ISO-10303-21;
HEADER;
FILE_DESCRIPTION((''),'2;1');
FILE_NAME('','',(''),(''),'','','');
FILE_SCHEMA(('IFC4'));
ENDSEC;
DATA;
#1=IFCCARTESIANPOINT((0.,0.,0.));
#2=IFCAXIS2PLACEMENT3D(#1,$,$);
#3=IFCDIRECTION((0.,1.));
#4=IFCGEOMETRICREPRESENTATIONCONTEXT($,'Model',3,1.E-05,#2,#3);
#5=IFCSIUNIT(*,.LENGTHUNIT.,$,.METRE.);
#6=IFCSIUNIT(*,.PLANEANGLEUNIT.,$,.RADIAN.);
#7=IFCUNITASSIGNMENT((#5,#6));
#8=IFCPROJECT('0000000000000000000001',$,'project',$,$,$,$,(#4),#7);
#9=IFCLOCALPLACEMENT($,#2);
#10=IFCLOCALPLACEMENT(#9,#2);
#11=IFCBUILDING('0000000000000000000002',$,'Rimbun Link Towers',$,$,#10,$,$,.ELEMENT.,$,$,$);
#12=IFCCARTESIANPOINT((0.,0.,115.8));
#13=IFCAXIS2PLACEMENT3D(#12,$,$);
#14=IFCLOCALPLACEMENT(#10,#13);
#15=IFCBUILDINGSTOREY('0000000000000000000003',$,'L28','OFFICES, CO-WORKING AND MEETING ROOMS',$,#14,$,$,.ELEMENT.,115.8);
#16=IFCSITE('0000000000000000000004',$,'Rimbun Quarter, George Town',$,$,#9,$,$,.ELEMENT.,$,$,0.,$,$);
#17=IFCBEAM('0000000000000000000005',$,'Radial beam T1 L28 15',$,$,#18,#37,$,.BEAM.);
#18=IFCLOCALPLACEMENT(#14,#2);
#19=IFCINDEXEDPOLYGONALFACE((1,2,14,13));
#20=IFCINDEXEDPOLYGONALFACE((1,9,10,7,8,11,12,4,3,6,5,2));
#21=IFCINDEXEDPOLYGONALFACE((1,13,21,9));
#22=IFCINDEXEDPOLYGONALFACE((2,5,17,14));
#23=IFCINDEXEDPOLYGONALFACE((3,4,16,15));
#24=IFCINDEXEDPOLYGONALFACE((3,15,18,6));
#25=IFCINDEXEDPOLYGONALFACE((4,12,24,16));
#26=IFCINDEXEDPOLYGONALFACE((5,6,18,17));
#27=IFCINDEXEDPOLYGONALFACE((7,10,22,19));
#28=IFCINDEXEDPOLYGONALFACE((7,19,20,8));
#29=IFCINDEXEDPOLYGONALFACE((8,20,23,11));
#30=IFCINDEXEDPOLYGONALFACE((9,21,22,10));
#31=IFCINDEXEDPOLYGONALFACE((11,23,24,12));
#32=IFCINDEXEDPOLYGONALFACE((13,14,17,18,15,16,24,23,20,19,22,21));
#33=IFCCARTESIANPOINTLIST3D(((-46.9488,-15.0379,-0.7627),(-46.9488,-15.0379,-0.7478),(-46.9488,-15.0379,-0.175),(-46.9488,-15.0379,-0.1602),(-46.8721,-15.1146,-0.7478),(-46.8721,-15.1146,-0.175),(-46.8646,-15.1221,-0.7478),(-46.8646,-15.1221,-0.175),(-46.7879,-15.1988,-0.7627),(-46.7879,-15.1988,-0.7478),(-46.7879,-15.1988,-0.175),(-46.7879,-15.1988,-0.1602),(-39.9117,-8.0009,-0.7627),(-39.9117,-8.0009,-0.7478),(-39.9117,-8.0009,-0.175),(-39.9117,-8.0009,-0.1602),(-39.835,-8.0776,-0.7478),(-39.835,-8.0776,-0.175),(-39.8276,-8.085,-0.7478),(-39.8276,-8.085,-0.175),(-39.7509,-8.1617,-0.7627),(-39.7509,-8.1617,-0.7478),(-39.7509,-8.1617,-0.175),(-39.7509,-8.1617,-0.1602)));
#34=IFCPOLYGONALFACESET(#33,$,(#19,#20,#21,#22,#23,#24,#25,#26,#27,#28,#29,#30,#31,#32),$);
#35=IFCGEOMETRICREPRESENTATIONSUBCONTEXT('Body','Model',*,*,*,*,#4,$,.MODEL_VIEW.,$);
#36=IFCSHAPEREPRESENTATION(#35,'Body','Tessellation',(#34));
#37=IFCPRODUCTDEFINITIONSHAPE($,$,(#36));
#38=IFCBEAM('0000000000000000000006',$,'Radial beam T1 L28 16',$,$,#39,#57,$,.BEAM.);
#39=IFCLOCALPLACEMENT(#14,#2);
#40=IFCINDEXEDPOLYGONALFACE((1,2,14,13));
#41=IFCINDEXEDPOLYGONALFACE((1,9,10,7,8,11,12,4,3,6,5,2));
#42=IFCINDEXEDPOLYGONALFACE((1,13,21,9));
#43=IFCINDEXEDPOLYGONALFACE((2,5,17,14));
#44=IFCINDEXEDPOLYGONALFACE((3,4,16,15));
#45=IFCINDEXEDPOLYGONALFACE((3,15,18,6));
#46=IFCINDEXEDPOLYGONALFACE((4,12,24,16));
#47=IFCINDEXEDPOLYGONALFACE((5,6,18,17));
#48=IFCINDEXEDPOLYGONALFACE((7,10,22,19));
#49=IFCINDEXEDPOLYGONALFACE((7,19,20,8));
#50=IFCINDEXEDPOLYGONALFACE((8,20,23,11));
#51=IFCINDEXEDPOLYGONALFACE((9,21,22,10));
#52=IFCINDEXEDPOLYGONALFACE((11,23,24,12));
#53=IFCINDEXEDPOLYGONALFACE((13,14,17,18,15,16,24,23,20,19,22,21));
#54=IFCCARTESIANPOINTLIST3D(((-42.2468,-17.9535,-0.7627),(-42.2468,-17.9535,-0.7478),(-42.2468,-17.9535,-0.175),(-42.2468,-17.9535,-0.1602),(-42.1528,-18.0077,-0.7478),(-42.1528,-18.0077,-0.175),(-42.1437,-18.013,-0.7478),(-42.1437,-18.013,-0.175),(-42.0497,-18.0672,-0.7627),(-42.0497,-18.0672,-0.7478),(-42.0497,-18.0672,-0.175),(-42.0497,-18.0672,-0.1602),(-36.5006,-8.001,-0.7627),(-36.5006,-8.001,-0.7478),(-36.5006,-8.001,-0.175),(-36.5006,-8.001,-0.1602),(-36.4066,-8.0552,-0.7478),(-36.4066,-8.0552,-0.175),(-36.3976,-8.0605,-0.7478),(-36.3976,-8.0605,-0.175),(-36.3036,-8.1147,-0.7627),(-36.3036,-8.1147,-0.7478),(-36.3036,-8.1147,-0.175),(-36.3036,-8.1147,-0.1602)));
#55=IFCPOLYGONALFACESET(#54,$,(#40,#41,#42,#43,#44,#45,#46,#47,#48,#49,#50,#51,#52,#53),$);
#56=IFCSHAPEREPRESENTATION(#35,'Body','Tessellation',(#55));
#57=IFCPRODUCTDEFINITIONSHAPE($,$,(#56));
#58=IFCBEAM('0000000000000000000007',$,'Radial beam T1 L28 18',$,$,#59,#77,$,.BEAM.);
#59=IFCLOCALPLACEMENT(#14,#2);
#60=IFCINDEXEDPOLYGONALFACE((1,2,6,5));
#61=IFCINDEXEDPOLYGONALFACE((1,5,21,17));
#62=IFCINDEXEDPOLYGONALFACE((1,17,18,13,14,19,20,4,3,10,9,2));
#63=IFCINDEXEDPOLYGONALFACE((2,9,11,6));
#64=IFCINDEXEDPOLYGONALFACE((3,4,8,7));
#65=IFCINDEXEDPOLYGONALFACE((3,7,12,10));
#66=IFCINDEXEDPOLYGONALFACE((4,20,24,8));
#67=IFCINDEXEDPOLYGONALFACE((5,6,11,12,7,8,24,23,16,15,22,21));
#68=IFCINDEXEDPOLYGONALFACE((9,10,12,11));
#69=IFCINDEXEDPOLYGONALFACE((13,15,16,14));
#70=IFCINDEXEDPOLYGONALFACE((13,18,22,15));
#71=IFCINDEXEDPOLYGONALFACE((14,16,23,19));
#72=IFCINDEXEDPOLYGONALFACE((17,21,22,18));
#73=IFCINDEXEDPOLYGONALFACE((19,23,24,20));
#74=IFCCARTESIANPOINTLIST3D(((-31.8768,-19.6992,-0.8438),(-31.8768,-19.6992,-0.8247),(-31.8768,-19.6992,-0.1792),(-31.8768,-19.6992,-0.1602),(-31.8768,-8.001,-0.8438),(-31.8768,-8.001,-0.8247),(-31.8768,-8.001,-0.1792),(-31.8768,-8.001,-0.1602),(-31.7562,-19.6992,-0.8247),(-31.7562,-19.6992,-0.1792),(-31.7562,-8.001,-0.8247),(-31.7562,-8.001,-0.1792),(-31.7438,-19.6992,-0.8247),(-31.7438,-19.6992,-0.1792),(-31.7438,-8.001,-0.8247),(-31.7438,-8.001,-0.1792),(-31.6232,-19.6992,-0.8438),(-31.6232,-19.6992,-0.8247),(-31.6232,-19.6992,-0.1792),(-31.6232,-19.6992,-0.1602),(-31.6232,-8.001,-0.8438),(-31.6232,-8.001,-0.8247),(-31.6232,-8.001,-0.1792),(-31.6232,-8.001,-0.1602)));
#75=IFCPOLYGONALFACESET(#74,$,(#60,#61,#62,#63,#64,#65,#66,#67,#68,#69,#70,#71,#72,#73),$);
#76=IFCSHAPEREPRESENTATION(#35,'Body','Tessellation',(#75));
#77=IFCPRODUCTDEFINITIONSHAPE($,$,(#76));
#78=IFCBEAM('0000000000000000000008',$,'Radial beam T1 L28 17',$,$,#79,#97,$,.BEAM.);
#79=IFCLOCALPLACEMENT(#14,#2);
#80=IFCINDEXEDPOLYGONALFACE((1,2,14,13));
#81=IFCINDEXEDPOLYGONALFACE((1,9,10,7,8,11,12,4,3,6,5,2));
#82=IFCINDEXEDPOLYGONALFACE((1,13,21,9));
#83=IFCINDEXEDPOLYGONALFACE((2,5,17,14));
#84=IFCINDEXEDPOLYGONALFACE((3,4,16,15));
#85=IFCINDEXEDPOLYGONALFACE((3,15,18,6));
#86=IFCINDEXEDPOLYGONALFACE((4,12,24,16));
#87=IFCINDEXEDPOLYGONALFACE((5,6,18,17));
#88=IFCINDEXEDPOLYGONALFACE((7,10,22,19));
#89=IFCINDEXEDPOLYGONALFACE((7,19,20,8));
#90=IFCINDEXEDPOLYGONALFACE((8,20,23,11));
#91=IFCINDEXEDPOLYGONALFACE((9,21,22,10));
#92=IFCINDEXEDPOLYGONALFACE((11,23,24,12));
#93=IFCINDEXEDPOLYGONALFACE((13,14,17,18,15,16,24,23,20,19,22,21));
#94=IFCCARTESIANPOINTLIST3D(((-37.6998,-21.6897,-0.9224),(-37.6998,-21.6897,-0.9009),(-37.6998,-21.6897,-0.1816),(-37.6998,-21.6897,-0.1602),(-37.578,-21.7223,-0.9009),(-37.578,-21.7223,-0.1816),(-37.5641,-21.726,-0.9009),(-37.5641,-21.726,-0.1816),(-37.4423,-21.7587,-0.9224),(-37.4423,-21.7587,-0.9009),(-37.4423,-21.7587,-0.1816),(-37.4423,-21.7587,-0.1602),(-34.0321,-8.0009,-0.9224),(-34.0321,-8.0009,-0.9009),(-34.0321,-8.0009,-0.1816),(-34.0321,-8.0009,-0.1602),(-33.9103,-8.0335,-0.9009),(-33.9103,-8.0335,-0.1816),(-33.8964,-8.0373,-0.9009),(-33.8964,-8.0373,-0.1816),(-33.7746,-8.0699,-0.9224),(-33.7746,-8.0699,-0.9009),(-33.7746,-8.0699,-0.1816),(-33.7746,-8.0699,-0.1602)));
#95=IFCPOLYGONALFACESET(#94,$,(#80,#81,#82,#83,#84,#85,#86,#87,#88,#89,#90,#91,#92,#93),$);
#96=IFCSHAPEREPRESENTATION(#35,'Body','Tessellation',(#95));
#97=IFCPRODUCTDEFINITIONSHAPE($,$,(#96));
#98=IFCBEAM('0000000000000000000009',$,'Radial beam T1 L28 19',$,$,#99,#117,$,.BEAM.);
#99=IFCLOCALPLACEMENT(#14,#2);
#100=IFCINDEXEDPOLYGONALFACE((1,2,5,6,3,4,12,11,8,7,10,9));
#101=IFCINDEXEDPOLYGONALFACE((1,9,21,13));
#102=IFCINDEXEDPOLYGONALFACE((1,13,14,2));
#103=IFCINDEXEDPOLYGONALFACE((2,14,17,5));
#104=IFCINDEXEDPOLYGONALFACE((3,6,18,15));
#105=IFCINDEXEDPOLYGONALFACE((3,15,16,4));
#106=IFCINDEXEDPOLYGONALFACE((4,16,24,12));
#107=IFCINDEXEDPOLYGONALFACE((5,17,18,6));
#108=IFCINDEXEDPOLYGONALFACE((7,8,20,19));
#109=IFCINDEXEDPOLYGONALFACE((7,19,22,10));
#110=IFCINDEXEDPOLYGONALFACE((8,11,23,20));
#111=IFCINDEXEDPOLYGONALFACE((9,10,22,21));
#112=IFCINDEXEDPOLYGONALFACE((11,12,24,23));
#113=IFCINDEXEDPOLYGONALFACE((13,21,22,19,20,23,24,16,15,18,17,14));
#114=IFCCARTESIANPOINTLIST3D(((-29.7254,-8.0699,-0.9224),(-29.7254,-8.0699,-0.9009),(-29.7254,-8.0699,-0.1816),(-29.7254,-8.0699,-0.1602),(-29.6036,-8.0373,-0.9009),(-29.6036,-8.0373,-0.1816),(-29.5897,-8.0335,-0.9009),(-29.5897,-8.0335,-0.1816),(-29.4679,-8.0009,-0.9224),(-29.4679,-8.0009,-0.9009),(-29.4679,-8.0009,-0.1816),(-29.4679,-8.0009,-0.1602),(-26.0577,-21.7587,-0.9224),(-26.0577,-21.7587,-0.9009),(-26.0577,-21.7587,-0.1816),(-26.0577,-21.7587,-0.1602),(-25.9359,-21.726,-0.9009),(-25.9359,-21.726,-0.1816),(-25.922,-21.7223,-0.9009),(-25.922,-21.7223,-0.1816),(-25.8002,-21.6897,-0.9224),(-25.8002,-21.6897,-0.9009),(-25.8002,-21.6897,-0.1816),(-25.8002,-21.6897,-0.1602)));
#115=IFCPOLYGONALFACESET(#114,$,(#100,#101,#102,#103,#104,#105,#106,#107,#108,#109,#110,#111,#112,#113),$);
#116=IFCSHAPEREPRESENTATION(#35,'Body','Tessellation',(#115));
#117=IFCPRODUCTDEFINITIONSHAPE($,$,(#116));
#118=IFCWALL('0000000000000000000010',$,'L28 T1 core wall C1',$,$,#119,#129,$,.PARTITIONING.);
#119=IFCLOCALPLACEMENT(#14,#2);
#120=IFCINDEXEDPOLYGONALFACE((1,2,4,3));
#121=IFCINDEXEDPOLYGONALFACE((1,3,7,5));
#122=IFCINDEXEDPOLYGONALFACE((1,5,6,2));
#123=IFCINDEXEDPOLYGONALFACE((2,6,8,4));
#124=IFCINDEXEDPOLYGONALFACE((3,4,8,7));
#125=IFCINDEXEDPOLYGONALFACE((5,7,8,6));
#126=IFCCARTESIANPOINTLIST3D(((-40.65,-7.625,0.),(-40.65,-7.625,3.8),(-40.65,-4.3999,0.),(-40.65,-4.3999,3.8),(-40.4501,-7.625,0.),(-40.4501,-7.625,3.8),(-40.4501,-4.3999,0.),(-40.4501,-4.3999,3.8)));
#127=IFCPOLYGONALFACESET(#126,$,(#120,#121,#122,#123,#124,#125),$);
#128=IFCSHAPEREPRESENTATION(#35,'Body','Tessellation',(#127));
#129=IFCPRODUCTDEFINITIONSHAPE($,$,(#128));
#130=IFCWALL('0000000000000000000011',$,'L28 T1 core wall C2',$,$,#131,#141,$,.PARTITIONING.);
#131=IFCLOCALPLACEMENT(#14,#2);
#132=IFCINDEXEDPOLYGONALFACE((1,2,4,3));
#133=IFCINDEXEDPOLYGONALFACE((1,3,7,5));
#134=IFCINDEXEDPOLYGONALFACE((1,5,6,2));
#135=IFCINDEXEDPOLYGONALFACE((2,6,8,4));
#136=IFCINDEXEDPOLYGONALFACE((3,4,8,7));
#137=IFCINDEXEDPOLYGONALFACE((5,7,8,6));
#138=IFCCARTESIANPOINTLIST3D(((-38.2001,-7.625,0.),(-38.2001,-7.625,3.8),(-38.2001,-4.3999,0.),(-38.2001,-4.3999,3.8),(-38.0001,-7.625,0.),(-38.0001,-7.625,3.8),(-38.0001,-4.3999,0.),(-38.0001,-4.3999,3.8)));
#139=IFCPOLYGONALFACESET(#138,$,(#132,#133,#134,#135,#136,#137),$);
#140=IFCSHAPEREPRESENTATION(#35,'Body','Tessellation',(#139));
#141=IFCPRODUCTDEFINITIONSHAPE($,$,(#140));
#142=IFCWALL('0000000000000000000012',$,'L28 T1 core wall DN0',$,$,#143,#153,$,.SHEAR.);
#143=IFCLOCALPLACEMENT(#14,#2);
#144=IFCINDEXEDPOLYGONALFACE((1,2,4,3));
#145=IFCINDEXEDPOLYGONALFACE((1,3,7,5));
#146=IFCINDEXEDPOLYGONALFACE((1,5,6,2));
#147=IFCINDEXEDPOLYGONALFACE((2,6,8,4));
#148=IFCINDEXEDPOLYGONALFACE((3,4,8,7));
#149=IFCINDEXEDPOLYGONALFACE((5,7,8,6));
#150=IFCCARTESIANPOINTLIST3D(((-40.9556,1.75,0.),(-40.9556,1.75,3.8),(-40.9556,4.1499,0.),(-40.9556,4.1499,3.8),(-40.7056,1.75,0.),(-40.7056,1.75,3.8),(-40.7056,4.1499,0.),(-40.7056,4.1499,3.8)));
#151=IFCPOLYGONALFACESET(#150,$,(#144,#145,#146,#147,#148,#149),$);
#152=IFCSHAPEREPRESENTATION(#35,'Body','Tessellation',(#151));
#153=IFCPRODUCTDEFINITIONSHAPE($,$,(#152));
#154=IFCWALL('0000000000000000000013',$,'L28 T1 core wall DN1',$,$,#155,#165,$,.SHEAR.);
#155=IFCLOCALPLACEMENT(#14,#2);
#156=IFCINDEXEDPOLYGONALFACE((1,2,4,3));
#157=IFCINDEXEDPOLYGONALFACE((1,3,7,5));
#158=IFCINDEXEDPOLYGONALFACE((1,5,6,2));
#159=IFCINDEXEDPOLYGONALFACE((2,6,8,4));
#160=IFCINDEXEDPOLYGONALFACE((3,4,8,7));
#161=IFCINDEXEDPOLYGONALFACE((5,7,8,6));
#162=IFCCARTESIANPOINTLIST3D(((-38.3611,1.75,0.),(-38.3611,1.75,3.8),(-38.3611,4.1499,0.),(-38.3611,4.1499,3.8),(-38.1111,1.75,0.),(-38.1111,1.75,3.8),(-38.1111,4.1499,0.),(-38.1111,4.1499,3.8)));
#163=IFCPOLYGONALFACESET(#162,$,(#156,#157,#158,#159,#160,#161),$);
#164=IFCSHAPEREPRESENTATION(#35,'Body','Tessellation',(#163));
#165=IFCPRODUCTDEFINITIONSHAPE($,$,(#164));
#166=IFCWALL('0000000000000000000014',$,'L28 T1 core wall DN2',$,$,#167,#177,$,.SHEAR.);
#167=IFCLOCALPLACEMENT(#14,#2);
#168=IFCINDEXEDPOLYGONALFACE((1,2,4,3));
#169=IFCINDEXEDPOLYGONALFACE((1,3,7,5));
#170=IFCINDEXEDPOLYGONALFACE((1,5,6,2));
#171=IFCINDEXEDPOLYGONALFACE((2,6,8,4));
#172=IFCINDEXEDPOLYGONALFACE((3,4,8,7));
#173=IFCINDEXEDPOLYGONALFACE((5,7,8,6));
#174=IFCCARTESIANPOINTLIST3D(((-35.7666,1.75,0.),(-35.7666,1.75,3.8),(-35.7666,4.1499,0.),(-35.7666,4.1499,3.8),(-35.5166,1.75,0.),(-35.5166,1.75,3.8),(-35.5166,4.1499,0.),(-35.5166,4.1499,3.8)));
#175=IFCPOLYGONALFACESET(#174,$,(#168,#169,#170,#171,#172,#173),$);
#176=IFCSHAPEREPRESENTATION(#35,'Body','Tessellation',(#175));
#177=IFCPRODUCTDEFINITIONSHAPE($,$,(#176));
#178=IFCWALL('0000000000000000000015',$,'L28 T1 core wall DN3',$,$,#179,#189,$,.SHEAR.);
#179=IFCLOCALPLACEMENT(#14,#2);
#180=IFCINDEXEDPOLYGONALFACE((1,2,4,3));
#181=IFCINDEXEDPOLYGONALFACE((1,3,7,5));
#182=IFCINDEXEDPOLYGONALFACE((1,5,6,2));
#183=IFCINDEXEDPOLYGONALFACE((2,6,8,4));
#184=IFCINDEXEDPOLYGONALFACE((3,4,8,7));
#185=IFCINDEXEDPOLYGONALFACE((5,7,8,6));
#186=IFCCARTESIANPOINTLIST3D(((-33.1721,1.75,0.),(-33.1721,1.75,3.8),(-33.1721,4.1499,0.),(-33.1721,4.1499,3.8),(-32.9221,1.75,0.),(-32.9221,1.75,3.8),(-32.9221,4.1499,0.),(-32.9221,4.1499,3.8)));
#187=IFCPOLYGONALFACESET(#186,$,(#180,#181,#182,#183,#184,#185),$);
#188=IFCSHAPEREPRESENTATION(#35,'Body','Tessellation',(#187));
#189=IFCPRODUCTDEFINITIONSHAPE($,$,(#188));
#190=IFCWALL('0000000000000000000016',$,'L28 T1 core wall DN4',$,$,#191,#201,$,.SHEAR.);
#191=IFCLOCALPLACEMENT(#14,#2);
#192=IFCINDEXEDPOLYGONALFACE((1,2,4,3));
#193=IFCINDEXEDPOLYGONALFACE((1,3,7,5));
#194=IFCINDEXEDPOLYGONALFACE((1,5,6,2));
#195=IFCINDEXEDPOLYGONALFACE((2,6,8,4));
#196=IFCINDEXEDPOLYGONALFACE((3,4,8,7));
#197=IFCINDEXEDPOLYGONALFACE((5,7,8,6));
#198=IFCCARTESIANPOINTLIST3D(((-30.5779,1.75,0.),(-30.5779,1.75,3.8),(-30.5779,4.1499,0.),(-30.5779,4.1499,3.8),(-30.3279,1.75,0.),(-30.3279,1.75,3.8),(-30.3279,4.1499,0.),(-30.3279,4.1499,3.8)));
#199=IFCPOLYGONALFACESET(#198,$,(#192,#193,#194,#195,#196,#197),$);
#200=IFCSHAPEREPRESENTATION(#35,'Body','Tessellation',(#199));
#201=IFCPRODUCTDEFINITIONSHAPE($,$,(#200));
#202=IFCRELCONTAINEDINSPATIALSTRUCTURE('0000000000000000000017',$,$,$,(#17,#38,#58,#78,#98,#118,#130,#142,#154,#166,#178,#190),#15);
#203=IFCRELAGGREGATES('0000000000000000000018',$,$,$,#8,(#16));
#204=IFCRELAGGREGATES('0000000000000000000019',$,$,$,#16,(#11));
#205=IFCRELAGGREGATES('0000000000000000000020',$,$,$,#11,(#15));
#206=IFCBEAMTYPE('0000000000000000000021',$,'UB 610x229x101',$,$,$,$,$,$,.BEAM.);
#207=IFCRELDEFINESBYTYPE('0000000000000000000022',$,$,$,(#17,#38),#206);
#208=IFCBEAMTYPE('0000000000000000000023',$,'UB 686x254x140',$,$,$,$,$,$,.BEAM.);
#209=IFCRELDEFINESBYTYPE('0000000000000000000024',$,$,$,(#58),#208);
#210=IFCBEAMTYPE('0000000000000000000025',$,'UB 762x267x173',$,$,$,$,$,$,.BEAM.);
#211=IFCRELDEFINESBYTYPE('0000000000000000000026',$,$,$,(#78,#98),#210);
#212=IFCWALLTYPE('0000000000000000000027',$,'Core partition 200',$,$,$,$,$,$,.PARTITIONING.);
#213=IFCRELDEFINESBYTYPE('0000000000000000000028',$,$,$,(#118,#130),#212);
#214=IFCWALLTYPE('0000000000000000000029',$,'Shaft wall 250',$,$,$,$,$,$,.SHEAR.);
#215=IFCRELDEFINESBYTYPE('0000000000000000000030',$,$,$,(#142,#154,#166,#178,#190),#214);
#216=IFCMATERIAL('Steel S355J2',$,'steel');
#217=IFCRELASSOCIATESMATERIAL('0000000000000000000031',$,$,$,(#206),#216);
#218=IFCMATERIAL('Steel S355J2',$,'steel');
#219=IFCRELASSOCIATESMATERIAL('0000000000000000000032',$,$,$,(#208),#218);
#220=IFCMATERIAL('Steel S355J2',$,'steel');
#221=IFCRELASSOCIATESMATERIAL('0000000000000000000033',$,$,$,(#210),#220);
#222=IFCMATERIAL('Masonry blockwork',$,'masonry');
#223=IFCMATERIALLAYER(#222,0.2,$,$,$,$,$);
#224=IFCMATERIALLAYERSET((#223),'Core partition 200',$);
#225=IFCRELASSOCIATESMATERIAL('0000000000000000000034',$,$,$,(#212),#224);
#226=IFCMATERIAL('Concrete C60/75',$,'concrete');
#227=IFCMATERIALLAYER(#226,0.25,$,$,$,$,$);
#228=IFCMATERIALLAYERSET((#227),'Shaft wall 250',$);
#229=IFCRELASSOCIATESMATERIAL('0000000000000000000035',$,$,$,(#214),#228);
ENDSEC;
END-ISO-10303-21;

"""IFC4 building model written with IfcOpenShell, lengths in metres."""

from ifc_helpers import new_model, si_unit, direction, frame, frame_2d, origin, origin_2d, place, context, subcontext, project, spatial, rectangle, i_section, extrude, material, layer, layer_set, material_profile, profile_set, type_object, element, save


model = new_model("IFC4")

# Units and contexts
model_context = context("Model", 3, precision=1e-05, world=origin(), true_north=direction((0.0, 1.0)))
body_context = subcontext(model_context, "Body", "Model", "MODEL_VIEW")
ifc_project = project(units=[si_unit("LENGTHUNIT", "METRE"), si_unit("PLANEANGLEUNIT", "RADIAN")], contexts=[model_context])

# Site, building, storey
site_placement = place(None, origin())
site = spatial("IfcSite", under=ifc_project, at=site_placement, Name="Rimbun Quarter, George Town", CompositionType="ELEMENT", RefElevation=0.0)
building_placement = place(site_placement, origin())
building = spatial("IfcBuilding", under=site, at=building_placement, Name="Rimbun Link Towers", CompositionType="ELEMENT")
storey_placement = place(building_placement, frame((0.0, 0.0, 115.8)))
storey = spatial("IfcBuildingStorey", under=building, at=storey_placement, Name="L28", Description="OFFICES, CO-WORKING AND MEETING ROOMS", CompositionType="ELEMENT", Elevation=115.8)

# Beams
ifc_material_1 = material(Name="Steel S355J2", Category="steel")
ifc_material_profile_1 = material_profile(ifc_material_1, i_section(OverallWidth=0.2275, OverallDepth=0.6025, WebThickness=0.0105, FlangeThickness=0.0149, at=origin_2d()), Name="UB 610x229x101")
ifc_profile_set_1 = profile_set([ifc_material_profile_1], Name="Steel S355J2")
beam_type_1 = type_object("IfcBeamType", Name="UB 610x229x101", PredefinedType="BEAM", material=ifc_profile_set_1)
beam_1_placement = place(storey_placement, frame((-39.8313, -8.0813, -0.4614), z_axis=(-0.707107, -0.707107, 0.0), x_axis=(0.707107, -0.707107, 0.0)))
element("IfcBeam", 1, at=beam_1_placement, inside=storey, type_object=beam_type_1, Name="Radial beam T1 L28 15", PredefinedType="BEAM", context=body_context, shape_type="SweptSolid", body=[
    extrude(i_section(OverallWidth=0.2275, OverallDepth=0.6025, WebThickness=0.0105, FlangeThickness=0.0149, at=origin_2d()), origin(), (0.0, 0.0, 1.0), 9.9519),
])
beam_2_placement = place(storey_placement, frame((-36.4021, -8.0579, -0.4614), z_axis=(-0.500005, -0.866022, 0.0), x_axis=(0.866022, -0.500005, 0.0)))
element("IfcBeam", 2, at=beam_2_placement, inside=storey, type_object=beam_type_1, Name="Radial beam T1 L28 16", PredefinedType="BEAM", context=body_context, shape_type="SweptSolid", body=[
    extrude(i_section(OverallWidth=0.2275, OverallDepth=0.6025, WebThickness=0.0105, FlangeThickness=0.0149, at=origin_2d()), origin(), (0.0, 0.0, 1.0), 11.4922),
])
ifc_material_2 = material(Name="Steel S355J2", Category="steel")
ifc_material_profile_2 = material_profile(ifc_material_2, i_section(OverallWidth=0.2537, OverallDepth=0.6836, WebThickness=0.0125, FlangeThickness=0.019, at=origin_2d()), Name="UB 686x254x140")
ifc_profile_set_2 = profile_set([ifc_material_profile_2], Name="Steel S355J2")
beam_type_2 = type_object("IfcBeamType", Name="UB 686x254x140", PredefinedType="BEAM", material=ifc_profile_set_2)
beam_3_placement = place(storey_placement, frame((-31.75, -8.001, -0.502), z_axis=(0.0, -1.0, 0.0), x_axis=(1.0, 0.0, 0.0)))
element("IfcBeam", 3, at=beam_3_placement, inside=storey, type_object=beam_type_2, Name="Radial beam T1 L28 18", PredefinedType="BEAM", context=body_context, shape_type="SweptSolid", body=[
    extrude(i_section(OverallWidth=0.2537, OverallDepth=0.6836, WebThickness=0.0125, FlangeThickness=0.019, at=origin_2d()), origin(), (0.0, 0.0, 1.0), 11.6982),
])
ifc_material_3 = material(Name="Steel S355J2", Category="steel")
ifc_material_profile_3 = material_profile(ifc_material_3, i_section(OverallWidth=0.2666, OverallDepth=0.7622, WebThickness=0.0144, FlangeThickness=0.0215, at=origin_2d()), Name="UB 762x267x173")
ifc_profile_set_3 = profile_set([ifc_material_profile_3], Name="Steel S355J2")
beam_type_3 = type_object("IfcBeamType", Name="UB 762x267x173", PredefinedType="BEAM", material=ifc_profile_set_3)
for number, where, z_axis, x_axis, name in (
    (4, (-33.9033, -8.0354, -0.5413), (-0.258809, -0.965929, 0.0), (0.965929, -0.258809, 0.0), "Radial beam T1 L28 17"),
    (5, (-29.5967, -8.0354, -0.5413), (0.258809, -0.965929, 0.0), (0.965929, 0.258809, 0.0), "Radial beam T1 L28 19"),
):
    element("IfcBeam", number, at=place(storey_placement, frame(where, z_axis=z_axis, x_axis=x_axis)), inside=storey, type_object=beam_type_3, Name=name, PredefinedType="BEAM", context=body_context, shape_type="SweptSolid", body=[
        extrude(i_section(OverallWidth=0.2666, OverallDepth=0.7622, WebThickness=0.0144, FlangeThickness=0.0215, at=origin_2d()), origin(), (0.0, 0.0, 1.0), 14.1716),
    ])

# Walls
ifc_material_4 = material(Name="Masonry blockwork", Category="masonry")
ifc_layer_1 = layer(ifc_material_4, 0.2)
ifc_layer_set_1 = layer_set([ifc_layer_1], Name="Core partition 200")
wall_type_1 = type_object("IfcWallType", Name="Core partition 200", PredefinedType="PARTITIONING", material=ifc_layer_set_1)
for number, where, z_axis, x_axis, name in (
    (6, (-40.55, -4.3999, 0.0), (0.0, 0.0, 1.0), (0.0, -1.0, 0.0), "L28 T1 core wall C1"),
    (7, (-38.1001, -4.3999, 0.0), (0.0, 0.0, 1.0), (0.0, -1.0, 0.0), "L28 T1 core wall C2"),
):
    element("IfcWall", number, at=place(storey_placement, frame(where, z_axis=z_axis, x_axis=x_axis)), inside=storey, type_object=wall_type_1, Name=name, PredefinedType="PARTITIONING", context=body_context, shape_type="SweptSolid", body=[
        extrude(rectangle(XDim=3.2251, YDim=0.2, at=frame_2d((1.6125, 0.0))), origin(), (0.0, 0.0, 1.0), 3.8),
    ])
ifc_material_5 = material(Name="Concrete C60/75", Category="concrete")
ifc_layer_2 = layer(ifc_material_5, 0.25)
ifc_layer_set_2 = layer_set([ifc_layer_2], Name="Shaft wall 250")
wall_type_2 = type_object("IfcWallType", Name="Shaft wall 250", PredefinedType="SHEAR", material=ifc_layer_set_2)
for number, where, z_axis, x_axis, name in (
    (8, (-40.8306, 1.75, 0.0), (0.0, 0.0, 1.0), (0.0, 1.0, 0.0), "L28 T1 core wall DN0"),
    (9, (-38.2361, 1.75, 0.0), (0.0, 0.0, 1.0), (0.0, 1.0, 0.0), "L28 T1 core wall DN1"),
    (10, (-35.6416, 1.75, 0.0), (0.0, 0.0, 1.0), (0.0, 1.0, 0.0), "L28 T1 core wall DN2"),
    (11, (-33.0471, 1.75, 0.0), (0.0, 0.0, 1.0), (0.0, 1.0, 0.0), "L28 T1 core wall DN3"),
    (12, (-30.4529, 1.75, 0.0), (0.0, 0.0, 1.0), (0.0, 1.0, 0.0), "L28 T1 core wall DN4"),
):
    element("IfcWall", number, at=place(storey_placement, frame(where, z_axis=z_axis, x_axis=x_axis)), inside=storey, type_object=wall_type_2, Name=name, PredefinedType="SHEAR", context=body_context, shape_type="SweptSolid", body=[
        extrude(rectangle(XDim=2.3999, YDim=0.25, at=frame_2d((1.2, 0.0))), origin(), (0.0, 0.0, 1.0), 3.8),
    ])

save(model, "model.ifc")
